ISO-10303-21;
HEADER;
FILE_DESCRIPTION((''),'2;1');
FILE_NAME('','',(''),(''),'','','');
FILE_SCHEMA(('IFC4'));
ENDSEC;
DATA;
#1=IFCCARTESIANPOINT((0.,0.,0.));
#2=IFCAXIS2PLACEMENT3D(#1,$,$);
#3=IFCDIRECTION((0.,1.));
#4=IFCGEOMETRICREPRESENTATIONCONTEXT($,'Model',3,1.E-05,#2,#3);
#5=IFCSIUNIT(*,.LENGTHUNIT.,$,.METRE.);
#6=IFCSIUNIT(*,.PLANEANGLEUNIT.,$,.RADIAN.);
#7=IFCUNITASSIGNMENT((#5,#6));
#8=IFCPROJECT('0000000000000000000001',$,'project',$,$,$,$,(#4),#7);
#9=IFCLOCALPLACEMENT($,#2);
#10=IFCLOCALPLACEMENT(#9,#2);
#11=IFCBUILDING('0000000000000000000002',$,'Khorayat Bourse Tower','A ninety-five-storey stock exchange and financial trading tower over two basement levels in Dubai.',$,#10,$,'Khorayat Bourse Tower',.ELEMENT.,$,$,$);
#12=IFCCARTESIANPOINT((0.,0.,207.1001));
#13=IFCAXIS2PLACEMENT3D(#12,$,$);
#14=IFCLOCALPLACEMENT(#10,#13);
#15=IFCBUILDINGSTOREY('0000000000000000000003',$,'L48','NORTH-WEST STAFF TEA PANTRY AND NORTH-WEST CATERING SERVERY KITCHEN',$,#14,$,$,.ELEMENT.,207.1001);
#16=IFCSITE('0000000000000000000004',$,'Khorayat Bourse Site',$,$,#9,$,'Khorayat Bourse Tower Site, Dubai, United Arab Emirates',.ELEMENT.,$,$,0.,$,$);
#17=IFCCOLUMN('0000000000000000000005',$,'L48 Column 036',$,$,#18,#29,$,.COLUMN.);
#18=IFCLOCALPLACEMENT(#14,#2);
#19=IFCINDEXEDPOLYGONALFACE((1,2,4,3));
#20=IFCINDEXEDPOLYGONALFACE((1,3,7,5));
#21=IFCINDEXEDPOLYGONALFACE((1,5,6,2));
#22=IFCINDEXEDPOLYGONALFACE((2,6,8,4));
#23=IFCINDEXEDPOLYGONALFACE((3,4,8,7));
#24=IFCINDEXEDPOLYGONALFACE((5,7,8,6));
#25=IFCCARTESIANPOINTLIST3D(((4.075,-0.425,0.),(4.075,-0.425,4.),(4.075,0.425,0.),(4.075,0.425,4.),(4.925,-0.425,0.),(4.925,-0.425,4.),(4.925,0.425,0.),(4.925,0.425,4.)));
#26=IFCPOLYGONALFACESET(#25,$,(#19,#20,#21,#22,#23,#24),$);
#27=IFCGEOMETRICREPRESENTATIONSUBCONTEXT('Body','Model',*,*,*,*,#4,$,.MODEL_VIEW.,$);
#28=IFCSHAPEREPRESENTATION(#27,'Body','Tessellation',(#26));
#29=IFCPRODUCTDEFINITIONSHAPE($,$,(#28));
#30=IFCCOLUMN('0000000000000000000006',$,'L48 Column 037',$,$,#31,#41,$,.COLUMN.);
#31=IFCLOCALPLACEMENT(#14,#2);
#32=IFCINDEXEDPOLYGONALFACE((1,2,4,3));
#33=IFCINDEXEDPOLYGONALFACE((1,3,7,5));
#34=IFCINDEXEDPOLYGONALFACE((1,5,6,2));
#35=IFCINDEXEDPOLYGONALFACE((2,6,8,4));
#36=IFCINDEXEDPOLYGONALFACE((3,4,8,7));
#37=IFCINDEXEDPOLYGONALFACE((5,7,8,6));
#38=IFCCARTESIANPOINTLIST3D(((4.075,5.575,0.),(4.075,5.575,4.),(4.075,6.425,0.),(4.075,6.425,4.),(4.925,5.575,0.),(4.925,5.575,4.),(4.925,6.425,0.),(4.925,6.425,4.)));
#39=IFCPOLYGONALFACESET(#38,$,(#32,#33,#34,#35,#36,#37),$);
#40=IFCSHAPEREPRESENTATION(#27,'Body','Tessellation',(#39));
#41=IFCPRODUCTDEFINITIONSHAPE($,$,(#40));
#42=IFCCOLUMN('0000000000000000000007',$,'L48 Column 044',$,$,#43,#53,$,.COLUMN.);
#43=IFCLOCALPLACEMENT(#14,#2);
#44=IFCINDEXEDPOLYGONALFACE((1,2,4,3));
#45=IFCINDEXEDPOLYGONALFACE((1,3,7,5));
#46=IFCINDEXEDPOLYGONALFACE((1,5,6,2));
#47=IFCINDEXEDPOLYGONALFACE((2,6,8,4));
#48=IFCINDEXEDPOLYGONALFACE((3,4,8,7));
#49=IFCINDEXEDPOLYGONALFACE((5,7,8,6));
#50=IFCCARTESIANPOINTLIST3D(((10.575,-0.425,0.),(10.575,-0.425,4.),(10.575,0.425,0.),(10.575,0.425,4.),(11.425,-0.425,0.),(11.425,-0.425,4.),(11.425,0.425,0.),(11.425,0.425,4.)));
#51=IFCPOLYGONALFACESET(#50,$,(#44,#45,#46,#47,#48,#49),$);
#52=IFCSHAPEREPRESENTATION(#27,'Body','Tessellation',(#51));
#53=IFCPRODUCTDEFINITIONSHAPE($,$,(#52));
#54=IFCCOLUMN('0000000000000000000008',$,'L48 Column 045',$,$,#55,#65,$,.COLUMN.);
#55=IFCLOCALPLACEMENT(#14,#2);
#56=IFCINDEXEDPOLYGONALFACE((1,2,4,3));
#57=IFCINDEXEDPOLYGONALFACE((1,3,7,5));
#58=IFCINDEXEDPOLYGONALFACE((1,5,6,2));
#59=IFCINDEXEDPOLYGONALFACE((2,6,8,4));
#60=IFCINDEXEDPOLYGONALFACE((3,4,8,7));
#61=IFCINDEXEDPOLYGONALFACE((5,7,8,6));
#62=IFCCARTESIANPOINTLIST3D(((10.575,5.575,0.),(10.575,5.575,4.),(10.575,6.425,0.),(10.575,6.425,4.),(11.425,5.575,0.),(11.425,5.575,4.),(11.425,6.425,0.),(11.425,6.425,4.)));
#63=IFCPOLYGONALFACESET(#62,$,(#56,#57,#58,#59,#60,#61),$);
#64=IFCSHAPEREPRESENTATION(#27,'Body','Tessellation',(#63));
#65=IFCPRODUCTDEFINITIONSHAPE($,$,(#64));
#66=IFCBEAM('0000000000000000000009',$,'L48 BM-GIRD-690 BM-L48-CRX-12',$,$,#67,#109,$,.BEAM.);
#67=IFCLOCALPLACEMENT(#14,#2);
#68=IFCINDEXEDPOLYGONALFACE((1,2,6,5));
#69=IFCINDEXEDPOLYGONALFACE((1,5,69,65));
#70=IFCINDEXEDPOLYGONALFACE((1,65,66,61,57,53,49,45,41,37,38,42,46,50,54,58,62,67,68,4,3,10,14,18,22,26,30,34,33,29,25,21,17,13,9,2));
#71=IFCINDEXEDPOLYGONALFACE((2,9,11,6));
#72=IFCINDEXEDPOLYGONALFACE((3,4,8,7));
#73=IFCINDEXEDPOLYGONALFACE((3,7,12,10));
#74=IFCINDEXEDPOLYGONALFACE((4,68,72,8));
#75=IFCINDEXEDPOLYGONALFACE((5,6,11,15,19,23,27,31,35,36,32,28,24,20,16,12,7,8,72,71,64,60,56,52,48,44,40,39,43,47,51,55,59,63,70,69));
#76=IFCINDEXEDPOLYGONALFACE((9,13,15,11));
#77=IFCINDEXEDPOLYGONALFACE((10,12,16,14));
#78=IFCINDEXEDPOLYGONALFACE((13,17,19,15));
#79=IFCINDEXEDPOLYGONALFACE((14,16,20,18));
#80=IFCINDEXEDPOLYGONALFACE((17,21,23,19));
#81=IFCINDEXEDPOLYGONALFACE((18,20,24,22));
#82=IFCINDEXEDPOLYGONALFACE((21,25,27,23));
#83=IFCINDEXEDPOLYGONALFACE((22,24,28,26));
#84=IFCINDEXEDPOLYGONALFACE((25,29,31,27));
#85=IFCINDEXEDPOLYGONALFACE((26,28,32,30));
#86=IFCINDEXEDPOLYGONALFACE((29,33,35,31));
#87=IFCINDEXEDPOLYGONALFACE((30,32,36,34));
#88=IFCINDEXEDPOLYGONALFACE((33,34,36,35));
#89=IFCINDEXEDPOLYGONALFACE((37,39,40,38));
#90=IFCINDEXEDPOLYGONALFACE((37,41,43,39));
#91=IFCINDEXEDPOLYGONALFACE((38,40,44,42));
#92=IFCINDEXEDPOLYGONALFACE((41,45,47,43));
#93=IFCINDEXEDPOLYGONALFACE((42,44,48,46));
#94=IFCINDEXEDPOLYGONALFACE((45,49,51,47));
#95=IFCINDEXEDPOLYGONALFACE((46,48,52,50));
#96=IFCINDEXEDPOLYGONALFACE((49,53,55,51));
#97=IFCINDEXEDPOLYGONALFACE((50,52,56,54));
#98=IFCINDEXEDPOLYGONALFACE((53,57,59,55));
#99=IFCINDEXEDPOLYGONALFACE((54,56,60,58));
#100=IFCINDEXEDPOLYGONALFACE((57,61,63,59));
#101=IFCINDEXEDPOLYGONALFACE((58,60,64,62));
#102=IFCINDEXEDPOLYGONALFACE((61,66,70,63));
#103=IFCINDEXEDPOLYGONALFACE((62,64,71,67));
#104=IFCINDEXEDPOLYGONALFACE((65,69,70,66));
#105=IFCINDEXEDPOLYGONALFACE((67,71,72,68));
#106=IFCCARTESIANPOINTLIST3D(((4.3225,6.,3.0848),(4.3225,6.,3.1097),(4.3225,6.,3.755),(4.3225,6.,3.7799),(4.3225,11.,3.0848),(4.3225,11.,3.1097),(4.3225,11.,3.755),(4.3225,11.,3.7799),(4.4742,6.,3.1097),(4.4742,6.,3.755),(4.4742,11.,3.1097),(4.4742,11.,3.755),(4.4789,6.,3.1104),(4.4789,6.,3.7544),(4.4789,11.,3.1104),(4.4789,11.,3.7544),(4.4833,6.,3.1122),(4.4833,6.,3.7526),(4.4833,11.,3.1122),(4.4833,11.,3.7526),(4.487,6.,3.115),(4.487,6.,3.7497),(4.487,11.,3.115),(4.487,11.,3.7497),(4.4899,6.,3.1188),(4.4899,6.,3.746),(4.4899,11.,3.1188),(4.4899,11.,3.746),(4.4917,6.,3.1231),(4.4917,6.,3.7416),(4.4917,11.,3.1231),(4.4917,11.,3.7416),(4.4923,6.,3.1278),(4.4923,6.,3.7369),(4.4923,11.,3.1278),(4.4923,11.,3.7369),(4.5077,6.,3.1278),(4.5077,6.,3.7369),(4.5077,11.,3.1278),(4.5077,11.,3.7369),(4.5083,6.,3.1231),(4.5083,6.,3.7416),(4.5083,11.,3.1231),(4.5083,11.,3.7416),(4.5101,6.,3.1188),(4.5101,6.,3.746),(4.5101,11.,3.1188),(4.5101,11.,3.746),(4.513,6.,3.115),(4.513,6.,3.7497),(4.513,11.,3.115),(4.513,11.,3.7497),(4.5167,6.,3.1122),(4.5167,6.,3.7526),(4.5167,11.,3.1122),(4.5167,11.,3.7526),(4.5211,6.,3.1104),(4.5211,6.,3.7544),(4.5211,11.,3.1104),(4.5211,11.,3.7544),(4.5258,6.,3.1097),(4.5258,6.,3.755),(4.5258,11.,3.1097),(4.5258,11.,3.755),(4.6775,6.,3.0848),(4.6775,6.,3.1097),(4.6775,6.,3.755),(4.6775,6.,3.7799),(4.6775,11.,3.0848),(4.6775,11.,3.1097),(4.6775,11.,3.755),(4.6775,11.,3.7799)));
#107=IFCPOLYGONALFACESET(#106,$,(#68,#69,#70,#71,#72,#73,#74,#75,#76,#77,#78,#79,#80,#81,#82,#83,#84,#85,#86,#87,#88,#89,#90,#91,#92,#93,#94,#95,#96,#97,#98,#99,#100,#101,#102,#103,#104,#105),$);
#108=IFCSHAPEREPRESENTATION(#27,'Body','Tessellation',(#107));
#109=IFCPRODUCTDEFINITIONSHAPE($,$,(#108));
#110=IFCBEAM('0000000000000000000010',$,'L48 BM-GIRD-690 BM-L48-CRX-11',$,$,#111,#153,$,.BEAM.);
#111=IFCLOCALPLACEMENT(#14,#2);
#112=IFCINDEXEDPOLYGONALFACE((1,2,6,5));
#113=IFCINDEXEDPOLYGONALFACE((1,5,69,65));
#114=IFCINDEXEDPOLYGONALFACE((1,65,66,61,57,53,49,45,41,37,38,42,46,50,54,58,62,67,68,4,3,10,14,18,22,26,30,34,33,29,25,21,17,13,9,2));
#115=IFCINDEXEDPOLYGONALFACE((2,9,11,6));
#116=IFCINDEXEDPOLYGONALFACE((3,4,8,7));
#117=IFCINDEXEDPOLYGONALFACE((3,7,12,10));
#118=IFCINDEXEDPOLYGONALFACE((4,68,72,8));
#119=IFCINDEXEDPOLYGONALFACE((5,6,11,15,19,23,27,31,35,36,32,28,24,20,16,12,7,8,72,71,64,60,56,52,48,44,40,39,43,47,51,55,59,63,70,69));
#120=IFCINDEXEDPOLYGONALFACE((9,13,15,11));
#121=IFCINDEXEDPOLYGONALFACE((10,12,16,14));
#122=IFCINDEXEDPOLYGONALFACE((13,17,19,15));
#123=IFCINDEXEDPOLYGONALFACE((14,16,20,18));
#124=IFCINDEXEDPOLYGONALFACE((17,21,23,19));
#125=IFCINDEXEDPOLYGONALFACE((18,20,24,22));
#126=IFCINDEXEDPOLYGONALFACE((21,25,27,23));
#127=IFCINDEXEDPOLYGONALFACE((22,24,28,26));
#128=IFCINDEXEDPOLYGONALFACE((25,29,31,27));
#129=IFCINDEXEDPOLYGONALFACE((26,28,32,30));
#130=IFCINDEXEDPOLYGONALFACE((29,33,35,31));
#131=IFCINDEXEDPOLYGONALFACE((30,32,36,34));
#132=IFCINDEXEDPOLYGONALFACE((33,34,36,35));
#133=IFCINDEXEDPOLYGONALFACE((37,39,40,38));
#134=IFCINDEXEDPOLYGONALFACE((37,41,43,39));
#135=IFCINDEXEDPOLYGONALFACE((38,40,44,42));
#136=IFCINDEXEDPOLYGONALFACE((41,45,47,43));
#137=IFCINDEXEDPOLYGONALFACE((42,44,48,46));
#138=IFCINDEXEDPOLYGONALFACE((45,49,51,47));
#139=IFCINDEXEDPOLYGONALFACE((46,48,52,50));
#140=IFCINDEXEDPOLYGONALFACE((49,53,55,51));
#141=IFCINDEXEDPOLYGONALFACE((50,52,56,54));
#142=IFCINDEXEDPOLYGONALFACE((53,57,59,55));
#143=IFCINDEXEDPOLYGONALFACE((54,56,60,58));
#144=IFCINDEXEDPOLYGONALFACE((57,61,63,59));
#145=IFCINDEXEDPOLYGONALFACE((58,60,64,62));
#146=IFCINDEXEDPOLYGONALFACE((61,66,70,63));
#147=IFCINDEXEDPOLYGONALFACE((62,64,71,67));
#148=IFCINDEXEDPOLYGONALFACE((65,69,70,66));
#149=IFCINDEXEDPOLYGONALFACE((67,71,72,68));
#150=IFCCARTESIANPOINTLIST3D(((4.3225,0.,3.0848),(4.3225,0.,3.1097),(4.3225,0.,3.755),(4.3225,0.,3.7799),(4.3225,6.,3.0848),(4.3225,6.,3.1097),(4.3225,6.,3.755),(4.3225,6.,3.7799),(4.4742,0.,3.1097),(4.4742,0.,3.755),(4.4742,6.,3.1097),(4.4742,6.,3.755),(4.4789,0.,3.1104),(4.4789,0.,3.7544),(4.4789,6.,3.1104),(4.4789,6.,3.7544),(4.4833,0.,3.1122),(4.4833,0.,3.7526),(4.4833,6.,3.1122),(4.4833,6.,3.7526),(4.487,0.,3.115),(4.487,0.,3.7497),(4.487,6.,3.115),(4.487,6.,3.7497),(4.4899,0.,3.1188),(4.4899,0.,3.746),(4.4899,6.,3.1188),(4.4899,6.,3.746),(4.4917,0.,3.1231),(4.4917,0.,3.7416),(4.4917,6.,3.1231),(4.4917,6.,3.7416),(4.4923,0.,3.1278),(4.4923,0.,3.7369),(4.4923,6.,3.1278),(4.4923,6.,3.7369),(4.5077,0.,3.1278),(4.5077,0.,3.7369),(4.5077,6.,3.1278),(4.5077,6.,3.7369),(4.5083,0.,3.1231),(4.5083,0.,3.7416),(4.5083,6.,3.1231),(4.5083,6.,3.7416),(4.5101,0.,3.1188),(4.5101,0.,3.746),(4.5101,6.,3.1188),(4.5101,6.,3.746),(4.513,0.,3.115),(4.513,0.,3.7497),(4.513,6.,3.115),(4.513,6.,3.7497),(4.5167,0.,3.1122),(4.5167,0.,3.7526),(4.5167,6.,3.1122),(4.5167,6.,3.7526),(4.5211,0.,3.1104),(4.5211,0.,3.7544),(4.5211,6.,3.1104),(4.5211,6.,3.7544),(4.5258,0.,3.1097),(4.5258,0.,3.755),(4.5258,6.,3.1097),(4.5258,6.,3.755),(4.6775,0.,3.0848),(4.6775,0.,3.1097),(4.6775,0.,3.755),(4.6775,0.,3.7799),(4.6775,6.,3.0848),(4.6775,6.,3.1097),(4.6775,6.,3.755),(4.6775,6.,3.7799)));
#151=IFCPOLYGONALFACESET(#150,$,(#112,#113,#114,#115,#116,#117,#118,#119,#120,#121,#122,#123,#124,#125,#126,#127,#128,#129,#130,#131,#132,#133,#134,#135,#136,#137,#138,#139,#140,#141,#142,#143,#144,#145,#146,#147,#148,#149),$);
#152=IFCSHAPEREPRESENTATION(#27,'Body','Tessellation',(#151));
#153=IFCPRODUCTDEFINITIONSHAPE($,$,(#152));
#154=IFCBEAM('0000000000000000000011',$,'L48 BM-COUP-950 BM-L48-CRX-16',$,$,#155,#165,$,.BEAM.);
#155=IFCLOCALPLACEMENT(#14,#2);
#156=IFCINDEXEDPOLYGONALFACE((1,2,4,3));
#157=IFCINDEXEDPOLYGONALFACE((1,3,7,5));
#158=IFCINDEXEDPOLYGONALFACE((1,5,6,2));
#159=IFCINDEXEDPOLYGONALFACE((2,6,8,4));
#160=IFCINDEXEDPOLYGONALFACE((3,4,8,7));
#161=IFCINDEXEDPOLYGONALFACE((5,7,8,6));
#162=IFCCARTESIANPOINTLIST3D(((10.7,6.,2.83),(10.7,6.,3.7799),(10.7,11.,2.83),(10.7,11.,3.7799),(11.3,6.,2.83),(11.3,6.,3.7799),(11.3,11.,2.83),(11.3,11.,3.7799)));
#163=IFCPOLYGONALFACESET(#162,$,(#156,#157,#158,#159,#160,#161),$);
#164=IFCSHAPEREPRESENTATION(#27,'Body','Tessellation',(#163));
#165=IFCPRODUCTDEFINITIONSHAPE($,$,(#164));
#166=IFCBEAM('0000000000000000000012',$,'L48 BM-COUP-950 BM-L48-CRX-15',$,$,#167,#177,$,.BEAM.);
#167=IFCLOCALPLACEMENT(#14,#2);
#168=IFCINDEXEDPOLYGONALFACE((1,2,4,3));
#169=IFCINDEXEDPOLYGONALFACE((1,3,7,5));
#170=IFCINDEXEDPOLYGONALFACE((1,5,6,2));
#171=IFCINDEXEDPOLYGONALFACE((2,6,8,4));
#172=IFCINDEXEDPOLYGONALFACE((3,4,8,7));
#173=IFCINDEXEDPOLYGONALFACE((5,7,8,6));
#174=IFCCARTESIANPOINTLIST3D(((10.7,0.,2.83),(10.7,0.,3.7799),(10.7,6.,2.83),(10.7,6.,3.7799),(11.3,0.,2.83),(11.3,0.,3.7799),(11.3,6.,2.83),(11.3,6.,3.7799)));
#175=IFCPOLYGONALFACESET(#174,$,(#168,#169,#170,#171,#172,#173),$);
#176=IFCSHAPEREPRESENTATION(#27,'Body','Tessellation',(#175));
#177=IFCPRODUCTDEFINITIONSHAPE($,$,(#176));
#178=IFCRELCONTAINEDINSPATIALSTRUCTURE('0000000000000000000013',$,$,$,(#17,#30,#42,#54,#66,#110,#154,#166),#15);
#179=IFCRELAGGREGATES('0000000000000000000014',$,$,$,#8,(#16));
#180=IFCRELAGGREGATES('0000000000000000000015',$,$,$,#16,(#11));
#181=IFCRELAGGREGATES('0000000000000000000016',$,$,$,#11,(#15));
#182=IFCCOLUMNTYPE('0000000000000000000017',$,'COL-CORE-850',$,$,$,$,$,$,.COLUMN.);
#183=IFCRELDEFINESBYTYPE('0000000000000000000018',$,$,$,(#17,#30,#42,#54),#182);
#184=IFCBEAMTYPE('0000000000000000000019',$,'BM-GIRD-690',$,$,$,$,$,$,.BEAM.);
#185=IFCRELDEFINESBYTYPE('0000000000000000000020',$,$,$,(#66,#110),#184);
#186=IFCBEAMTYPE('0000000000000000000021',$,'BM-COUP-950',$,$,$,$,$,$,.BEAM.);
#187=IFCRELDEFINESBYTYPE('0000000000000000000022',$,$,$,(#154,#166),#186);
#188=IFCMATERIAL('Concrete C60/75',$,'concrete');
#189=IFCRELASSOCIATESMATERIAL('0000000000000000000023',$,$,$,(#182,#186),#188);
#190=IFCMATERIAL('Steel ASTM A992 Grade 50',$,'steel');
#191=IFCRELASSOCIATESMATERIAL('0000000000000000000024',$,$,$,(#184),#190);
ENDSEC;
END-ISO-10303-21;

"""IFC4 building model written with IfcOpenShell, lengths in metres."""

from ifc_helpers import new_model, si_unit, direction, frame, origin, origin_2d, place, context, subcontext, project, spatial, rectangle, i_section, extrude, source, transform, mapped, material, material_profile, profile_set, type_object, element, save


model = new_model("IFC4")

# Units and contexts
model_context = context("Model", 3, precision=1e-05, world=origin(), true_north=direction((0.0, 1.0)))
body_context = subcontext(model_context, "Body", "Model", "MODEL_VIEW")
ifc_project = project(units=[si_unit("LENGTHUNIT", "METRE"), si_unit("PLANEANGLEUNIT", "RADIAN")], contexts=[model_context])

# Site, building, storey
site_placement = place(None, origin())
site = spatial("IfcSite", under=ifc_project, at=site_placement, Name="Khorayat Bourse Site", LongName="Khorayat Bourse Tower Site, Dubai, United Arab Emirates", CompositionType="ELEMENT", RefElevation=0.0)
building_placement = place(site_placement, origin())
building = spatial("IfcBuilding", under=site, at=building_placement, Name="Khorayat Bourse Tower", Description="A ninety-five-storey stock exchange and financial trading tower over two basement levels in Dubai.", LongName="Khorayat Bourse Tower", CompositionType="ELEMENT")
storey_placement = place(building_placement, frame((0.0, 0.0, 207.1001)))
storey = spatial("IfcBuildingStorey", under=building, at=storey_placement, Name="L48", Description="NORTH-WEST STAFF TEA PANTRY AND NORTH-WEST CATERING SERVERY KITCHEN", CompositionType="ELEMENT", Elevation=207.1001)

# Columns
ifc_material_1 = material(Name="Concrete C60/75", Category="concrete")
ifc_material_profile_1 = material_profile(ifc_material_1, rectangle(XDim=0.8501, YDim=0.8501, at=origin_2d()), Name="RC 850x850")
ifc_profile_set_1 = profile_set([ifc_material_profile_1], Name="Concrete C60/75")
column_type = type_object("IfcColumnType", Name="COL-CORE-850", PredefinedType="COLUMN", material=ifc_profile_set_1)
shared_shape_1 = source(origin(), body_context, "Body", "SweptSolid", [
    extrude(rectangle(XDim=0.8501, YDim=0.8501, at=origin_2d()), origin(), (0.0, 0.0, 1.0), 4.0),
])
for number, where, z_axis, x_axis, name in (
    (1, (4.5, 0.0, 0.0), (0.0, 0.0, 1.0), (1.0, 0.0, 0.0), "L48 Column 036"),
    (2, (4.5, 6.0, 0.0), (0.0, 0.0, 1.0), (1.0, 0.0, 0.0), "L48 Column 037"),
    (3, (11.0, 0.0, 0.0), (0.0, 0.0, 1.0), (1.0, 0.0, 0.0), "L48 Column 044"),
    (4, (11.0, 6.0, 0.0), (0.0, 0.0, 1.0), (1.0, 0.0, 0.0), "L48 Column 045"),
):
    element("IfcColumn", number, at=place(storey_placement, frame(where, z_axis=z_axis, x_axis=x_axis)), inside=storey, type_object=column_type, Name=name, PredefinedType="COLUMN", context=body_context, shape_type="MappedRepresentation", body=[
        mapped(shared_shape_1, transform((0.0, 0.0, 0.0), scale=1.0)),
    ])

# Beams
ifc_material_2 = material(Name="Steel ASTM A992 Grade 50", Category="steel")
ifc_material_profile_2 = material_profile(ifc_material_2, i_section(OverallWidth=0.355, OverallDepth=0.6951, WebThickness=0.0154, FlangeThickness=0.0249, FilletRadius=0.0181, at=origin_2d()), Name="W690X217")
ifc_profile_set_2 = profile_set([ifc_material_profile_2], Name="Steel ASTM A992 Grade 50")
beam_type_1 = type_object("IfcBeamType", Name="BM-GIRD-690", PredefinedType="BEAM", material=ifc_profile_set_2)
shared_shape_2 = source(origin(), body_context, "Body", "SweptSolid", [
    extrude(i_section(OverallWidth=0.355, OverallDepth=0.6951, WebThickness=0.0154, FlangeThickness=0.0249, FilletRadius=0.0181, at=origin_2d()), origin(), (0.0, 0.0, 1.0), 5.0),
])
beam_1_placement = place(storey_placement, frame((4.5, 6.0, 3.4324), z_axis=(0.0, 1.0, 0.0), x_axis=(-1.0, 0.0, 0.0)))
element("IfcBeam", 5, at=beam_1_placement, inside=storey, type_object=beam_type_1, Name="L48 BM-GIRD-690 BM-L48-CRX-12", PredefinedType="BEAM", context=body_context, shape_type="MappedRepresentation", body=[
    mapped(shared_shape_2, transform((0.0, 0.0, 0.0), scale=1.0)),
])
shared_shape_3 = source(origin(), body_context, "Body", "SweptSolid", [
    extrude(i_section(OverallWidth=0.355, OverallDepth=0.6951, WebThickness=0.0154, FlangeThickness=0.0249, FilletRadius=0.0181, at=origin_2d()), origin(), (0.0, 0.0, 1.0), 6.0),
])
beam_2_placement = place(storey_placement, frame((4.5, 0.0, 3.4324), z_axis=(0.0, 1.0, 0.0), x_axis=(-1.0, 0.0, 0.0)))
element("IfcBeam", 6, at=beam_2_placement, inside=storey, type_object=beam_type_1, Name="L48 BM-GIRD-690 BM-L48-CRX-11", PredefinedType="BEAM", context=body_context, shape_type="MappedRepresentation", body=[
    mapped(shared_shape_3, transform((0.0, 0.0, 0.0), scale=1.0)),
])
ifc_material_profile_3 = material_profile(ifc_material_1, rectangle(XDim=0.6001, YDim=0.95, at=origin_2d()), Name="RC 600x950")
ifc_profile_set_3 = profile_set([ifc_material_profile_3], Name="Concrete C60/75")
beam_type_2 = type_object("IfcBeamType", Name="BM-COUP-950", PredefinedType="BEAM", material=ifc_profile_set_3)
shared_shape_4 = source(origin(), body_context, "Body", "SweptSolid", [
    extrude(rectangle(XDim=0.6001, YDim=0.95, at=origin_2d()), origin(), (0.0, 0.0, 1.0), 5.0),
])
beam_3_placement = place(storey_placement, frame((11.0, 6.0, 3.3049), z_axis=(0.0, 1.0, 0.0), x_axis=(-1.0, 0.0, 0.0)))
element("IfcBeam", 7, at=beam_3_placement, inside=storey, type_object=beam_type_2, Name="L48 BM-COUP-950 BM-L48-CRX-16", PredefinedType="BEAM", context=body_context, shape_type="MappedRepresentation", body=[
    mapped(shared_shape_4, transform((0.0, 0.0, 0.0), scale=1.0)),
])
shared_shape_5 = source(origin(), body_context, "Body", "SweptSolid", [
    extrude(rectangle(XDim=0.6001, YDim=0.95, at=origin_2d()), origin(), (0.0, 0.0, 1.0), 6.0),
])
beam_4_placement = place(storey_placement, frame((11.0, 0.0, 3.3049), z_axis=(0.0, 1.0, 0.0), x_axis=(-1.0, 0.0, 0.0)))
element("IfcBeam", 8, at=beam_4_placement, inside=storey, type_object=beam_type_2, Name="L48 BM-COUP-950 BM-L48-CRX-15", PredefinedType="BEAM", context=body_context, shape_type="MappedRepresentation", body=[
    mapped(shared_shape_5, transform((0.0, 0.0, 0.0), scale=1.0)),
])

save(model, "model.ifc")
